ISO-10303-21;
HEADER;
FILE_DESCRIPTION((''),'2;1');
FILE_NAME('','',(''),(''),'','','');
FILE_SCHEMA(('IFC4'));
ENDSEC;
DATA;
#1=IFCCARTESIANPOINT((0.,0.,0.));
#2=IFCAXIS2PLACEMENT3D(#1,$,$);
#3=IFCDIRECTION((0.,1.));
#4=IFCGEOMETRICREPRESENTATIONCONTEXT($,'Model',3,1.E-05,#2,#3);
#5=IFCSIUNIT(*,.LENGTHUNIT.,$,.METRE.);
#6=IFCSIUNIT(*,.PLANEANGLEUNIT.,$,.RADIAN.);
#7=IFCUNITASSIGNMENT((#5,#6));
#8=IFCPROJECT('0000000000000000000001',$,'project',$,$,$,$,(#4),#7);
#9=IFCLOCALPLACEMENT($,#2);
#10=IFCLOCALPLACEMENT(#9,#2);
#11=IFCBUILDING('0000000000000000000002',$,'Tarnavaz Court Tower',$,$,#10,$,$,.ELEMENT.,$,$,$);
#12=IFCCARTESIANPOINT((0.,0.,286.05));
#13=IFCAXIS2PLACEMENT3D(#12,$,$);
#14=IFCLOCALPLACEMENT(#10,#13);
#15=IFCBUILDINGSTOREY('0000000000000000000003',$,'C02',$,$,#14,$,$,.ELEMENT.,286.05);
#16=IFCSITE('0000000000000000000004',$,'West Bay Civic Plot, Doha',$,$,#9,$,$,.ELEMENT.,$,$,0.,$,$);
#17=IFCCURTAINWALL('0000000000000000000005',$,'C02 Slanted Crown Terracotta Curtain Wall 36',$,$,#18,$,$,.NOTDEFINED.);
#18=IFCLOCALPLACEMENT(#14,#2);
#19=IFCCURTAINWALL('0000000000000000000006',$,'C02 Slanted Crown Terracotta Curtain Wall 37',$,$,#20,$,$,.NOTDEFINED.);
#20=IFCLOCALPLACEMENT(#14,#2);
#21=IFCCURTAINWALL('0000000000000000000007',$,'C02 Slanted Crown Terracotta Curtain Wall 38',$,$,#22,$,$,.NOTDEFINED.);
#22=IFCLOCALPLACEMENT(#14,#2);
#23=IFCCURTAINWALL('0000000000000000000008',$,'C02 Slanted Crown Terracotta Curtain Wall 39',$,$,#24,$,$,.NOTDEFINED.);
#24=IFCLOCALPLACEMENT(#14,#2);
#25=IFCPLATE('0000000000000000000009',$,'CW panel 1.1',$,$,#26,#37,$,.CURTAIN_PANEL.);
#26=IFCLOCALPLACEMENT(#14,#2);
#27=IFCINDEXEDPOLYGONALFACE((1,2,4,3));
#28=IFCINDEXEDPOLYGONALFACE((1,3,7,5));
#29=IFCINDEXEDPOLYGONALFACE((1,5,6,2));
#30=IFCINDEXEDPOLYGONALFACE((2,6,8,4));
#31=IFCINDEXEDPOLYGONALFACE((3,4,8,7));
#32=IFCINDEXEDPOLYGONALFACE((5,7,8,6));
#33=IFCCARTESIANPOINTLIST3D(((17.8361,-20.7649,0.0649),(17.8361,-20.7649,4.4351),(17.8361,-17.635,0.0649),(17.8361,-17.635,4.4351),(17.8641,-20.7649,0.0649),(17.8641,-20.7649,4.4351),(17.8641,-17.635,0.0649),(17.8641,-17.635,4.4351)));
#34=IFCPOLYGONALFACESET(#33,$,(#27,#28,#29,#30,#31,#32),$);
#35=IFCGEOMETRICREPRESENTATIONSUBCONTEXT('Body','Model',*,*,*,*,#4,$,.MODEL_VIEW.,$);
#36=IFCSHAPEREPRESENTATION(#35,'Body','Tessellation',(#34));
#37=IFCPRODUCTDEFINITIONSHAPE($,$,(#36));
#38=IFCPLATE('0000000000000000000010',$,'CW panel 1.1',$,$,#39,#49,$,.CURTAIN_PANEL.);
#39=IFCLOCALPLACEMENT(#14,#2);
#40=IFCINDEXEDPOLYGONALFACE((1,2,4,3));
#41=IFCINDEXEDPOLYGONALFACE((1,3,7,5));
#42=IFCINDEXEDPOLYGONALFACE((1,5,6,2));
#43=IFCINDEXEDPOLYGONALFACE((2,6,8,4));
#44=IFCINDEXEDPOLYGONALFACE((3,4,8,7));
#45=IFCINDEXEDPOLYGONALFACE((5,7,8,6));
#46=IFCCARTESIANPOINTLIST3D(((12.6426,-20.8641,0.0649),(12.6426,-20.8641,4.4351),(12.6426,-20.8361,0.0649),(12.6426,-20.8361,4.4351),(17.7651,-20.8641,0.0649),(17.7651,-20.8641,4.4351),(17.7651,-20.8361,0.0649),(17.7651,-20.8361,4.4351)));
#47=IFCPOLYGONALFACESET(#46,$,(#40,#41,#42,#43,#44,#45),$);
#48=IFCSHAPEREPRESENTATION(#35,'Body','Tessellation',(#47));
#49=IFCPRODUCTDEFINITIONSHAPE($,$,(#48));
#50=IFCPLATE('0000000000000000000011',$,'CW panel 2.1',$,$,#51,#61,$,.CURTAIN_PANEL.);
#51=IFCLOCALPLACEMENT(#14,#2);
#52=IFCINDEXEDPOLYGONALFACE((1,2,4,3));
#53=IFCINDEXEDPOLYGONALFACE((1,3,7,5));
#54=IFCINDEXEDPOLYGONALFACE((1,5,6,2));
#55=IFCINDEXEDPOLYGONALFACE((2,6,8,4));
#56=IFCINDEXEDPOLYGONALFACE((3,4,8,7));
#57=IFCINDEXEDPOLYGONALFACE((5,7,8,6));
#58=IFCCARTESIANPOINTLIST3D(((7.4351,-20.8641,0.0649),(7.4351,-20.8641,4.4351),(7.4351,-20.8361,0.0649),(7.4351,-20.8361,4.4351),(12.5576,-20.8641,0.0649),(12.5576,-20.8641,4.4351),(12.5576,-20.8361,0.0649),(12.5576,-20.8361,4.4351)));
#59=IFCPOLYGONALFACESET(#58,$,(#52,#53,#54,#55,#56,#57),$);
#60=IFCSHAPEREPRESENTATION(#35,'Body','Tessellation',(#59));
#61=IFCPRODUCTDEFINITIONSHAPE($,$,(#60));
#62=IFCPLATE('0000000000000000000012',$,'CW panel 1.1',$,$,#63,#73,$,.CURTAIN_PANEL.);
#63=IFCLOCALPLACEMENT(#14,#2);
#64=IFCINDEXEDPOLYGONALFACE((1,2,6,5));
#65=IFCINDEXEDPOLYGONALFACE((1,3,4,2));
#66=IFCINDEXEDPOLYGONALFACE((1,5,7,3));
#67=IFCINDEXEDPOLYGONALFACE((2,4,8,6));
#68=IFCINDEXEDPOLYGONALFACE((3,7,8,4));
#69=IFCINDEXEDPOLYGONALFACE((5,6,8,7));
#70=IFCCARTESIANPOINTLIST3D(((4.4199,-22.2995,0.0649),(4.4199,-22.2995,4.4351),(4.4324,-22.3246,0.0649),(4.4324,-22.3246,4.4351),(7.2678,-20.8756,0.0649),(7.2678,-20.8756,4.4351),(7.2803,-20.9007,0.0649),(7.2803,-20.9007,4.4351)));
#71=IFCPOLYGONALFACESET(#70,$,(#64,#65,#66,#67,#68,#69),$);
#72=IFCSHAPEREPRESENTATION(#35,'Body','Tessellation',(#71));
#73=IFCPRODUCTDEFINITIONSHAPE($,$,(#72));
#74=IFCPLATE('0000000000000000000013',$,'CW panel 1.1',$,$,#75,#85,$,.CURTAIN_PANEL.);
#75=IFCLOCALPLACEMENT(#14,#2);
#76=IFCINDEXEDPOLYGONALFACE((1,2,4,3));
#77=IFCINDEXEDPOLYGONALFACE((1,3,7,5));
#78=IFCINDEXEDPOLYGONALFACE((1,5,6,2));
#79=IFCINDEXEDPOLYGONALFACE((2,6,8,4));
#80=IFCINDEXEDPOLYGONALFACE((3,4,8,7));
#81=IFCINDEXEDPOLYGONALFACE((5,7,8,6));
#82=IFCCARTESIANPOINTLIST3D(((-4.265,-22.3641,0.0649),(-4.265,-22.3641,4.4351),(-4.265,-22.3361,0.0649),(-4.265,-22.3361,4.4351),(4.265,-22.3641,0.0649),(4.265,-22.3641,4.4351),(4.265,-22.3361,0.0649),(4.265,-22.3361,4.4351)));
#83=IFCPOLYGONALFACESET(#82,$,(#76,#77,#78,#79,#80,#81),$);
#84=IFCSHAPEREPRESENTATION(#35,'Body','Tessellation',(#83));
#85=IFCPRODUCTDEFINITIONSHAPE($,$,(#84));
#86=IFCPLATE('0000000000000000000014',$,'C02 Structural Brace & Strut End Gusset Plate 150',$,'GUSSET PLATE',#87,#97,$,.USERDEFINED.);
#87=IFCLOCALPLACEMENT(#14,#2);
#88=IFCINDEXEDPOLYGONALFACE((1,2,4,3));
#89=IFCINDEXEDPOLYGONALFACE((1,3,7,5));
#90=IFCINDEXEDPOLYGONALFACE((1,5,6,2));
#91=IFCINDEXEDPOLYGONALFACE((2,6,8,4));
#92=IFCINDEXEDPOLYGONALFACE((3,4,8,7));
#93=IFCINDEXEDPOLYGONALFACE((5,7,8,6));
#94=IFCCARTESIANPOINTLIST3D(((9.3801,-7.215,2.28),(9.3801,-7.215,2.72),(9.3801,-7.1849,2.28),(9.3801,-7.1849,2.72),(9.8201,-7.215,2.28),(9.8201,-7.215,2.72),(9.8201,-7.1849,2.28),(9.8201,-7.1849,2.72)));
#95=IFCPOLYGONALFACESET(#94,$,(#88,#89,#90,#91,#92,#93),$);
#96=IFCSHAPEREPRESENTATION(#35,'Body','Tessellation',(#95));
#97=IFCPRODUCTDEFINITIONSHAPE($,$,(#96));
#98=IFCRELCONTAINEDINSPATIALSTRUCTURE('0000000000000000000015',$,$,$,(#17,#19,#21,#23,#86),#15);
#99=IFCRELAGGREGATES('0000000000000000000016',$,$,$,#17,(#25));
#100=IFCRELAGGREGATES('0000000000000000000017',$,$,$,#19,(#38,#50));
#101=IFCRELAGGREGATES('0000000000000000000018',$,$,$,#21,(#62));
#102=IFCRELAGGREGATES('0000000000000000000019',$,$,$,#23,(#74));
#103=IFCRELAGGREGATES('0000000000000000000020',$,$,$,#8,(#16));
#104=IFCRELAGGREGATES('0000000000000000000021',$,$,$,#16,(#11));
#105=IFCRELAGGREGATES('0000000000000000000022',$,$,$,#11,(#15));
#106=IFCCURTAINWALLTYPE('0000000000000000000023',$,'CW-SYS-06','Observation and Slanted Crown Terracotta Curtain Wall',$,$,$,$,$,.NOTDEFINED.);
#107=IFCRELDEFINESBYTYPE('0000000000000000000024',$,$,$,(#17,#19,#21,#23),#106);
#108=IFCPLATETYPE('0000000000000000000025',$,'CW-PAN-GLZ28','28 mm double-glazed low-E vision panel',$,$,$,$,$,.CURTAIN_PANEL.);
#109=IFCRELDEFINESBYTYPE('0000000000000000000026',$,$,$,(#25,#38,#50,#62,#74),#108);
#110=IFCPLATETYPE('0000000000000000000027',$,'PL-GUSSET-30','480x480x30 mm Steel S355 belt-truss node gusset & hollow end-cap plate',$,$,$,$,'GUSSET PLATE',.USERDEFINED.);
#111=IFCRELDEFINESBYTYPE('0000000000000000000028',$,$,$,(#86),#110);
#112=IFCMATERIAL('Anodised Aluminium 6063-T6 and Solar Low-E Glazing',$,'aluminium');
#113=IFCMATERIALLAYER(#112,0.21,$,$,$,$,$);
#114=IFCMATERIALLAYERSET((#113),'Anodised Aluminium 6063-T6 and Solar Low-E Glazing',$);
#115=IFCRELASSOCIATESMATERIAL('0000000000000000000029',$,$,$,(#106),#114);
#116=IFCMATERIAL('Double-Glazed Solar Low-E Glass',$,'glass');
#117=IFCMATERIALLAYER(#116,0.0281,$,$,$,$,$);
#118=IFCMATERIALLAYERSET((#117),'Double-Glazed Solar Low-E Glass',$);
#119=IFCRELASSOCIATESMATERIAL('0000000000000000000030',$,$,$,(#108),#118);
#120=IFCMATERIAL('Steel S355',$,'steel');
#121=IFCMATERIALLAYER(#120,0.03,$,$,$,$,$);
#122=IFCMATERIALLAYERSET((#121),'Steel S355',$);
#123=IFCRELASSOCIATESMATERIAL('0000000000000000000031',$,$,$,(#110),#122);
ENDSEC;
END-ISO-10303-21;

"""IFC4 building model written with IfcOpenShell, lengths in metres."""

from ifc_helpers import new_model, si_unit, direction, frame, origin, origin_2d, place, context, subcontext, project, spatial, rectangle, extrude, material, layer, layer_set, type_object, element, aggregate, save


model = new_model("IFC4")

# Units and contexts
model_context = context("Model", 3, precision=1e-05, world=origin(), true_north=direction((0.0, 1.0)))
body_context = subcontext(model_context, "Body", "Model", "MODEL_VIEW")
ifc_project = project(units=[si_unit("LENGTHUNIT", "METRE"), si_unit("PLANEANGLEUNIT", "RADIAN")], contexts=[model_context])

# Site, building, storey
site_placement = place(None, origin())
site = spatial("IfcSite", under=ifc_project, at=site_placement, Name="West Bay Civic Plot, Doha", CompositionType="ELEMENT", RefElevation=0.0)
building_placement = place(site_placement, origin())
building = spatial("IfcBuilding", under=site, at=building_placement, Name="Tarnavaz Court Tower", CompositionType="ELEMENT")
storey_placement = place(building_placement, frame((0.0, 0.0, 286.05)))
storey = spatial("IfcBuildingStorey", under=building, at=storey_placement, Name="C02", CompositionType="ELEMENT", Elevation=286.05)

# Shared definitions
ifc_material_1 = material(Name="Steel S355", Category="steel")

# Shared definitions
ifc_material_2 = material(Name="Anodised Aluminium 6063-T6 and Solar Low-E Glazing", Category="aluminium")
ifc_layer_1 = layer(ifc_material_2, 0.21)
ifc_layer_set_1 = layer_set([ifc_layer_1], Name="Anodised Aluminium 6063-T6 and Solar Low-E Glazing")
curtain_wall_type = type_object("IfcCurtainWallType", Name="CW-SYS-06", Description="Observation and Slanted Crown Terracotta Curtain Wall", PredefinedType="NOTDEFINED", material=ifc_layer_set_1)

# Curtain walls
curtain_wall_1_placement = place(storey_placement, origin())
curtain_wall_1 = element("IfcCurtainWall", 1, at=curtain_wall_1_placement, inside=storey, type_object=curtain_wall_type, Name="C02 Slanted Crown Terracotta Curtain Wall 36", PredefinedType="NOTDEFINED")
curtain_wall_2_placement = place(storey_placement, origin())
curtain_wall_2 = element("IfcCurtainWall", 2, at=curtain_wall_2_placement, inside=storey, type_object=curtain_wall_type, Name="C02 Slanted Crown Terracotta Curtain Wall 37", PredefinedType="NOTDEFINED")
curtain_wall_3_placement = place(storey_placement, origin())
curtain_wall_3 = element("IfcCurtainWall", 3, at=curtain_wall_3_placement, inside=storey, type_object=curtain_wall_type, Name="C02 Slanted Crown Terracotta Curtain Wall 38", PredefinedType="NOTDEFINED")

# Curtain wall
curtain_wall_4_placement = place(storey_placement, origin())
curtain_wall_4 = element("IfcCurtainWall", 4, at=curtain_wall_4_placement, inside=storey, type_object=curtain_wall_type, Name="C02 Slanted Crown Terracotta Curtain Wall 39", PredefinedType="NOTDEFINED")

# Plates
ifc_material_3 = material(Name="Double-Glazed Solar Low-E Glass", Category="glass")
ifc_layer_2 = layer(ifc_material_3, 0.0281)
ifc_layer_set_2 = layer_set([ifc_layer_2], Name="Double-Glazed Solar Low-E Glass")
plate_type_1 = type_object("IfcPlateType", Name="CW-PAN-GLZ28", Description="28 mm double-glazed low-E vision panel", PredefinedType="CURTAIN_PANEL", material=ifc_layer_set_2)
plate_1_placement = place(storey_placement, frame((17.8501, -19.2, 0.0649), z_axis=(0.0, 0.0, 1.0), x_axis=(0.0, -1.0, 0.0)))
plate_1 = element("IfcPlate", 5, at=plate_1_placement, type_object=plate_type_1, Name="CW panel 1.1", PredefinedType="CURTAIN_PANEL", context=body_context, shape_type="SweptSolid", body=[
    extrude(rectangle(XDim=3.1299, YDim=0.0281, at=origin_2d()), origin(), (0.0, 0.0, 1.0), 4.3701),
])
aggregate(curtain_wall_1, [plate_1])
plate_2_placement = place(storey_placement, frame((15.2039, -20.8501, 0.0649), z_axis=(0.0, 0.0, 1.0), x_axis=(-1.0, 0.0, 0.0)))
plate_2 = element("IfcPlate", 6, at=plate_2_placement, type_object=plate_type_1, Name="CW panel 1.1", PredefinedType="CURTAIN_PANEL", context=body_context, shape_type="SweptSolid", body=[
    extrude(rectangle(XDim=5.1226, YDim=0.0281, at=origin_2d()), origin(), (0.0, 0.0, 1.0), 4.3701),
])
plate_3_placement = place(storey_placement, frame((9.9963, -20.8501, 0.0649), z_axis=(0.0, 0.0, 1.0), x_axis=(-1.0, 0.0, 0.0)))
plate_3 = element("IfcPlate", 7, at=plate_3_placement, type_object=plate_type_1, Name="CW panel 2.1", PredefinedType="CURTAIN_PANEL", context=body_context, shape_type="SweptSolid", body=[
    extrude(rectangle(XDim=5.1226, YDim=0.0281, at=origin_2d()), origin(), (0.0, 0.0, 1.0), 4.3701),
])
aggregate(curtain_wall_2, [plate_2, plate_3])
plate_4_placement = place(storey_placement, frame((5.8501, -21.6001, 0.0649), z_axis=(0.0, 0.0, 1.0), x_axis=(-0.894427, -0.447214, 0.0)))
plate_4 = element("IfcPlate", 8, at=plate_4_placement, type_object=plate_type_1, Name="CW panel 1.1", PredefinedType="CURTAIN_PANEL", context=body_context, shape_type="SweptSolid", body=[
    extrude(rectangle(XDim=3.1841, YDim=0.0281, at=origin_2d()), origin(), (0.0, 0.0, 1.0), 4.3701),
])
aggregate(curtain_wall_3, [plate_4])
plate_5_placement = place(storey_placement, frame((0.0, -22.3501, 0.0649), z_axis=(0.0, 0.0, 1.0), x_axis=(-1.0, 0.0, 0.0)))
plate_5 = element("IfcPlate", 9, at=plate_5_placement, type_object=plate_type_1, Name="CW panel 1.1", PredefinedType="CURTAIN_PANEL", context=body_context, shape_type="SweptSolid", body=[
    extrude(rectangle(XDim=8.53, YDim=0.0281, at=origin_2d()), origin(), (0.0, 0.0, 1.0), 4.3701),
])
aggregate(curtain_wall_4, [plate_5])
ifc_layer_3 = layer(ifc_material_1, 0.03)
ifc_layer_set_3 = layer_set([ifc_layer_3], Name="Steel S355")
plate_type_2 = type_object("IfcPlateType", Name="PL-GUSSET-30", Description="480x480x30 mm Steel S355 belt-truss node gusset & hollow end-cap plate", ElementType="GUSSET PLATE", PredefinedType="USERDEFINED", material=ifc_layer_set_3)
plate_6_placement = place(storey_placement, frame((9.6001, -7.2, 2.28), z_axis=(0.0, 0.0, 1.0), x_axis=(1.0, 0.0, 0.0)))
element("IfcPlate", 10, at=plate_6_placement, inside=storey, type_object=plate_type_2, Name="C02 Structural Brace & Strut End Gusset Plate 150", ObjectType="GUSSET PLATE", PredefinedType="USERDEFINED", context=body_context, shape_type="SweptSolid", body=[
    extrude(rectangle(XDim=0.4399, YDim=0.03, at=origin_2d()), origin(), (0.0, 0.0, 1.0), 0.4399),
])

save(model, "model.ifc")
